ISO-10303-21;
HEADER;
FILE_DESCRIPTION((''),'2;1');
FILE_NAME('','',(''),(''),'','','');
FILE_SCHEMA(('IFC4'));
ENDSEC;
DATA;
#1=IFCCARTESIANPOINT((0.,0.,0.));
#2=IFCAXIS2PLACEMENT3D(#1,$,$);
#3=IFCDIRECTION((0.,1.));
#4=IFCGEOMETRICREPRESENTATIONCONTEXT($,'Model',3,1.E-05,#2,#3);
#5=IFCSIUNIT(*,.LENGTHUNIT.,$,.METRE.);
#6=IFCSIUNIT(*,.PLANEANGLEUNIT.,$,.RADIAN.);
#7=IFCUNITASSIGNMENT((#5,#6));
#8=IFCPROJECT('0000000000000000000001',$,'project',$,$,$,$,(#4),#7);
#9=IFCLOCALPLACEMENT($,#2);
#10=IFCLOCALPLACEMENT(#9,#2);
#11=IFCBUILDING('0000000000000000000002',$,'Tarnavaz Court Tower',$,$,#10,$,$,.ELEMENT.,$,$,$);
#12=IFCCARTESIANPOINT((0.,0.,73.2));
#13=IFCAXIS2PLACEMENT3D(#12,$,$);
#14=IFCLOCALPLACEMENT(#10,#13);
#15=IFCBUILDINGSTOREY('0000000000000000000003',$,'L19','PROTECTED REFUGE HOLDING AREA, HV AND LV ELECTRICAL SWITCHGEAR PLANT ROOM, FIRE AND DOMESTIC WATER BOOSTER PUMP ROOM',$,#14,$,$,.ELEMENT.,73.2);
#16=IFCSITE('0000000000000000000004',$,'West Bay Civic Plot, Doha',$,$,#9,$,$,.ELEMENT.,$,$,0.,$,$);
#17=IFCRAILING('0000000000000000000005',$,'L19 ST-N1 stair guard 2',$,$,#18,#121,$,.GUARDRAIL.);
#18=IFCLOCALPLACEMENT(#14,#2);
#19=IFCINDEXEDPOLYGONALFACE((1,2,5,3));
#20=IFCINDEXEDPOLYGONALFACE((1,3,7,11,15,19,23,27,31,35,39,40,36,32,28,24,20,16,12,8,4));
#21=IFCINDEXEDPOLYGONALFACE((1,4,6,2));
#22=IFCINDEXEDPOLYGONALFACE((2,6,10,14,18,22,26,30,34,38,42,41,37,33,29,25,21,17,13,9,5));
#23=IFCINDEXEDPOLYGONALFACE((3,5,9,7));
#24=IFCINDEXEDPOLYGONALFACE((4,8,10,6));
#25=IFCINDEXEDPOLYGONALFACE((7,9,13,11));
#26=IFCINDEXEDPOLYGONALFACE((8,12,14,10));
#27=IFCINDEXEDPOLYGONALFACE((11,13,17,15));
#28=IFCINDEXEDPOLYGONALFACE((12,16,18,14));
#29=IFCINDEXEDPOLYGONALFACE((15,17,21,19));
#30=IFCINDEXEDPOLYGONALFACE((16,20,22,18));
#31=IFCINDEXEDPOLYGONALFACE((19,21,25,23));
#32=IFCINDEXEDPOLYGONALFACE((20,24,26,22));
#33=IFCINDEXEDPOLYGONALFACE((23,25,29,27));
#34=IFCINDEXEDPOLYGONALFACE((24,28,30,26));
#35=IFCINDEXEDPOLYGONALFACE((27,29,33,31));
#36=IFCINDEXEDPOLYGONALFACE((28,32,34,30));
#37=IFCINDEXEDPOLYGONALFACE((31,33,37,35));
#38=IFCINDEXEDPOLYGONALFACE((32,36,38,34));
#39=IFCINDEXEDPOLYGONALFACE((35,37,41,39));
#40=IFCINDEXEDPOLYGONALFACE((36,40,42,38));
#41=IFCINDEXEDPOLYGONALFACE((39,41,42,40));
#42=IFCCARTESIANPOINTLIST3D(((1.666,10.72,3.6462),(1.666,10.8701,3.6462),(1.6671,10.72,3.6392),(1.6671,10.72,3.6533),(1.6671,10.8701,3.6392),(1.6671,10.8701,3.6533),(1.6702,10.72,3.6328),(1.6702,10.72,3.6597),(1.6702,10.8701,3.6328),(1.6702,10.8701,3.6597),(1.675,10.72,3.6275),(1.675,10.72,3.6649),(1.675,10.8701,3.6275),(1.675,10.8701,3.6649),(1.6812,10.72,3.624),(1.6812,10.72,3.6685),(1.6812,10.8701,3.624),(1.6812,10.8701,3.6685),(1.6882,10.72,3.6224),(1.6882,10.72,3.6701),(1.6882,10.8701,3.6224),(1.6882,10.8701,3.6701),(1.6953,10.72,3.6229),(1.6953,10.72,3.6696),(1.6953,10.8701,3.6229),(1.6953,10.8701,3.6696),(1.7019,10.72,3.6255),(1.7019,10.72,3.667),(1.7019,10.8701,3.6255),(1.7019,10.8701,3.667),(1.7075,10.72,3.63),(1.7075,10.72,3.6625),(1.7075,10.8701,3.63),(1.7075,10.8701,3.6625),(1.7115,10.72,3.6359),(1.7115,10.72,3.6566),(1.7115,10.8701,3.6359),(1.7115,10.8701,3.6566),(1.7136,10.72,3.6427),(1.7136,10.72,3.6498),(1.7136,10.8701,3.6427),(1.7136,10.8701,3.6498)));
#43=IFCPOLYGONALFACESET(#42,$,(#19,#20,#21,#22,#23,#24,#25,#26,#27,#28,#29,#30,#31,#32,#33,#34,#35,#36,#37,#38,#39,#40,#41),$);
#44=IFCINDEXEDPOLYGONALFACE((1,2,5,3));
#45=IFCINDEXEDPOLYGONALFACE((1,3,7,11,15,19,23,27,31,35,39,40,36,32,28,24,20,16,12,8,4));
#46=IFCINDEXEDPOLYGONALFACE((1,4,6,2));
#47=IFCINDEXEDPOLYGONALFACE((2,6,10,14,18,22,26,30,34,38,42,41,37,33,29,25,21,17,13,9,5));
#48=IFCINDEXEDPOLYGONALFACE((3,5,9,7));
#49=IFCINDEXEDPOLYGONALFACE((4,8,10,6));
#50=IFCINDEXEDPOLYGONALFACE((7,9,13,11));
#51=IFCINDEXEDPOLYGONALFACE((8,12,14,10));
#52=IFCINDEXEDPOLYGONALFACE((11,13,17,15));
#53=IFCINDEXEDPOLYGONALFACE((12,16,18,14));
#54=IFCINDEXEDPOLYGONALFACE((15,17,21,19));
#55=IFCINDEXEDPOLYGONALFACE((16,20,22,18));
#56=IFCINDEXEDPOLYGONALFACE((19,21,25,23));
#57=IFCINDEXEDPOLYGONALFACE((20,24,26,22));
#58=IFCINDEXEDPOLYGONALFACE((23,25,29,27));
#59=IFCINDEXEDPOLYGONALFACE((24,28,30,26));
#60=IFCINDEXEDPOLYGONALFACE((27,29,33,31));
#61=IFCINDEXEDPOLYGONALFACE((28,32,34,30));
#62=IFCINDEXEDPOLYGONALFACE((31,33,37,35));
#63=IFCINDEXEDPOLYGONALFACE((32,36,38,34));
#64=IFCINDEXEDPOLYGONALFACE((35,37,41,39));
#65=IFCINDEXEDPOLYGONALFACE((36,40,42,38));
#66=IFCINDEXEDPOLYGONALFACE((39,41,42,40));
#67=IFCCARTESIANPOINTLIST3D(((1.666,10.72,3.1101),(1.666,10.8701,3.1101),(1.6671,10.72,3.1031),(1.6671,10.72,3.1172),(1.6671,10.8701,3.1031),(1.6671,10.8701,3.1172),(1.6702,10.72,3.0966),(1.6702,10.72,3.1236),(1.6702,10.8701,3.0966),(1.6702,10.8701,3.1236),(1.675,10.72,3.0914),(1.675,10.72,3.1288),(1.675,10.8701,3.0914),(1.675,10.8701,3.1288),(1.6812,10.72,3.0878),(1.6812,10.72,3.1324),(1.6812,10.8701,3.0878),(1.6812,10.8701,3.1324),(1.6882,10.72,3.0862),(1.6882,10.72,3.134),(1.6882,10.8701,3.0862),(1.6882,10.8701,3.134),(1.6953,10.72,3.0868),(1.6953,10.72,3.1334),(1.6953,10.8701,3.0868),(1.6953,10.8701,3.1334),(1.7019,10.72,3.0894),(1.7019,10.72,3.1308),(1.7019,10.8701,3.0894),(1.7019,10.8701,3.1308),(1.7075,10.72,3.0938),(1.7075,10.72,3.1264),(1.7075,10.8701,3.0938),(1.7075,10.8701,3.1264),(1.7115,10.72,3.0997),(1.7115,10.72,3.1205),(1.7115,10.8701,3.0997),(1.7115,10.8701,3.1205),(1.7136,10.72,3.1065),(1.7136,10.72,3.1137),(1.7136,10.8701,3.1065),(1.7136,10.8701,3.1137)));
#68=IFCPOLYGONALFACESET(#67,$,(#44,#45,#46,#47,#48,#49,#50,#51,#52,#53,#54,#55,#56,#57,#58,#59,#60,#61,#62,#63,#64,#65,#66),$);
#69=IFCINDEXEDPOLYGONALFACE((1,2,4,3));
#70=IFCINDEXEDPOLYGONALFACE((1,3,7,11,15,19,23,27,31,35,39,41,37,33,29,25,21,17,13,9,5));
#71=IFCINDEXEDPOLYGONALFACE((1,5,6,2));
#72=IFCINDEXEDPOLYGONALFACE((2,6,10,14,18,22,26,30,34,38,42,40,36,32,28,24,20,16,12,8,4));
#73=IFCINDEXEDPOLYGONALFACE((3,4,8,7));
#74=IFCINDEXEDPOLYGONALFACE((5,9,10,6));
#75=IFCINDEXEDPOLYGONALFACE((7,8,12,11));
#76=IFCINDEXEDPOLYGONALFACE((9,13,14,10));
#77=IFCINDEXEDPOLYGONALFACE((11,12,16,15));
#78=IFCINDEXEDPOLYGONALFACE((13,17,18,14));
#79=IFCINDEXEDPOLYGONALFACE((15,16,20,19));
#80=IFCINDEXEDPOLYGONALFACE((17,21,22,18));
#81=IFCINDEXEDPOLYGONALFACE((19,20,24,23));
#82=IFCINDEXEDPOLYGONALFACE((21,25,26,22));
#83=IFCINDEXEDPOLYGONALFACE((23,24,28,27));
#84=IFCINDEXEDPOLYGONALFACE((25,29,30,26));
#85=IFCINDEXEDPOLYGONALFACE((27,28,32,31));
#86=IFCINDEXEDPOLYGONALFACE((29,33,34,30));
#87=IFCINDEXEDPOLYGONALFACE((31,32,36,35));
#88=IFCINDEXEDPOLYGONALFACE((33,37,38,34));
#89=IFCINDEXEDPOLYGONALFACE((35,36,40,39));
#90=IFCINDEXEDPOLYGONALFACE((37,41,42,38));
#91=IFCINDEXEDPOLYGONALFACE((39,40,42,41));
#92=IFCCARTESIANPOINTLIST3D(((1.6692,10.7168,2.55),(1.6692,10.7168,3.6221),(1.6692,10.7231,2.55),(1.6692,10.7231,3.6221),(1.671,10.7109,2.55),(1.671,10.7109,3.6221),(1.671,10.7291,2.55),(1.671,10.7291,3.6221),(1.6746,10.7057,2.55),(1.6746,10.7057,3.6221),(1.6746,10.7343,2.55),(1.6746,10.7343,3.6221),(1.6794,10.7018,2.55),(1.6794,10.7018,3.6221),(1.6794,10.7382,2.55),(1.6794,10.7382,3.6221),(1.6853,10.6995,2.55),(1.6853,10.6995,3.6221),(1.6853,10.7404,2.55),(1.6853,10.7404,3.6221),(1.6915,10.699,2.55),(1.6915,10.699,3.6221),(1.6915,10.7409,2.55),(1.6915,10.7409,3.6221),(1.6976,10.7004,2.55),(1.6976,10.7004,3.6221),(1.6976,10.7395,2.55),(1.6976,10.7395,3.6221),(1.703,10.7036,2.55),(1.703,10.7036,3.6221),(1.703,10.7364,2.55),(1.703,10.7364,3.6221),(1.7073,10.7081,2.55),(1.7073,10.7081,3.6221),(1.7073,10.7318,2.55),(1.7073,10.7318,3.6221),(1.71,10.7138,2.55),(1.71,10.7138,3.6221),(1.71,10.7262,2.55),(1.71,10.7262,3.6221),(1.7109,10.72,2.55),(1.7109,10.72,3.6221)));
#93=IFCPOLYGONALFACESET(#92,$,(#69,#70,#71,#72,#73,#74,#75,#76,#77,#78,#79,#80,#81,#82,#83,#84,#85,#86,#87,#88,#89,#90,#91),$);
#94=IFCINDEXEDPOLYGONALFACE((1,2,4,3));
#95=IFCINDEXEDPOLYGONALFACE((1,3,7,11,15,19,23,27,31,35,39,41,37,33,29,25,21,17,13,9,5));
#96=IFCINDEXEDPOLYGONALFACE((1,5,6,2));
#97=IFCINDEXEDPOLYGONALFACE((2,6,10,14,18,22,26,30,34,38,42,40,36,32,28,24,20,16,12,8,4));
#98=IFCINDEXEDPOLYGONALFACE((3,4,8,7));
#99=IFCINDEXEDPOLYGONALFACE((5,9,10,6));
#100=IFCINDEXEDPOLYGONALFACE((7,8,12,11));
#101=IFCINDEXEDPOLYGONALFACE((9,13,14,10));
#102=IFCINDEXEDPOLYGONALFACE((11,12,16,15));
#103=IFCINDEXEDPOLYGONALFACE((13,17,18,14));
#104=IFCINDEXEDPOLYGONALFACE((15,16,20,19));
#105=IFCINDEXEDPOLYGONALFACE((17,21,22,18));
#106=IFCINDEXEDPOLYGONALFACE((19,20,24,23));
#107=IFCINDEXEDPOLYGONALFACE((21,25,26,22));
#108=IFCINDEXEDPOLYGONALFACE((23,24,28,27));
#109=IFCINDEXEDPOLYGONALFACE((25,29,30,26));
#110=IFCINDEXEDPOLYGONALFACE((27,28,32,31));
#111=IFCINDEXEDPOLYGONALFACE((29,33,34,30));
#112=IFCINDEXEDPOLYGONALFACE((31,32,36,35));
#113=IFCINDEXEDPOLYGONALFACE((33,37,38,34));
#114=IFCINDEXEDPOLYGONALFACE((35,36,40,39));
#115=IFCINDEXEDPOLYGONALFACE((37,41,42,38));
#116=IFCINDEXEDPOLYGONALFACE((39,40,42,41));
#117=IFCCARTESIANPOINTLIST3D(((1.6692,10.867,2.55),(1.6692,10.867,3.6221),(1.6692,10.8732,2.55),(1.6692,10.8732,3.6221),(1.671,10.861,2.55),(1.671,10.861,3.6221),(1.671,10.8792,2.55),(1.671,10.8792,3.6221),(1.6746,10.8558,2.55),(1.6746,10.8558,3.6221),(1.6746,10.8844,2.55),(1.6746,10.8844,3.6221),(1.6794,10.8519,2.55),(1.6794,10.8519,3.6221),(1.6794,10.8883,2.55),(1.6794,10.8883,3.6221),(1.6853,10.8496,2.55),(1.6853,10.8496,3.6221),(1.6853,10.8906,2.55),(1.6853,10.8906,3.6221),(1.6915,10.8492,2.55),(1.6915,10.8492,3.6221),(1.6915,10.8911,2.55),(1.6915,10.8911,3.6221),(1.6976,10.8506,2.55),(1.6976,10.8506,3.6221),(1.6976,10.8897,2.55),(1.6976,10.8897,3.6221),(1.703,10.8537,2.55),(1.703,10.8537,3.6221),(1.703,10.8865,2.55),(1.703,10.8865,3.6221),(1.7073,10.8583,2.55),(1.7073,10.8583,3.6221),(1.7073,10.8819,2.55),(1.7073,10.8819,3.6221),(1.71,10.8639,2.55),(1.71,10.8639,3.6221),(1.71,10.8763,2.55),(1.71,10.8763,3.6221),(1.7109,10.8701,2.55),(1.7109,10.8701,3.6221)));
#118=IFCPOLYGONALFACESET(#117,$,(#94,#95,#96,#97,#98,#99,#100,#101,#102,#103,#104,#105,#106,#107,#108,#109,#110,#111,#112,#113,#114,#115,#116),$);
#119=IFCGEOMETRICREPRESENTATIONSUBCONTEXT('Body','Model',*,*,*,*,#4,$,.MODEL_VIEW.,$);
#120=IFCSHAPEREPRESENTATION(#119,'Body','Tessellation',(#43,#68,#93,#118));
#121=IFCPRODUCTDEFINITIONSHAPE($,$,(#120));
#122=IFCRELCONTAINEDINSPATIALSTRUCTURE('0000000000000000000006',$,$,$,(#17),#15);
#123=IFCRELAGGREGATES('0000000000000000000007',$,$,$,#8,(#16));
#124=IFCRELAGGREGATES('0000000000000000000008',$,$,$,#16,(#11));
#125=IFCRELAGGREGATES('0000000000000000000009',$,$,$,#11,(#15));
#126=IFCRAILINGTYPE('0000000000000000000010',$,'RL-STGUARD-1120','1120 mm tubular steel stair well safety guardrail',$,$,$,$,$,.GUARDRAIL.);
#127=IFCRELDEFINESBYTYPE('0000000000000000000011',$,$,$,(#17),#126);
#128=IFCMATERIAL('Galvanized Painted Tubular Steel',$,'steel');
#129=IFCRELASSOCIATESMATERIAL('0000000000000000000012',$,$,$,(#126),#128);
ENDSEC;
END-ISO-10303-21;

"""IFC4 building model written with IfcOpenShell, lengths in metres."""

from ifc_helpers import new_model, si_unit, direction, frame, origin, origin_2d, place, context, subcontext, project, spatial, circle, extrude, material, type_object, element, save


model = new_model("IFC4")

# Units and contexts
model_context = context("Model", 3, precision=1e-05, world=origin(), true_north=direction((0.0, 1.0)))
body_context = subcontext(model_context, "Body", "Model", "MODEL_VIEW")
ifc_project = project(units=[si_unit("LENGTHUNIT", "METRE"), si_unit("PLANEANGLEUNIT", "RADIAN")], contexts=[model_context])

# Site, building, storey
site_placement = place(None, origin())
site = spatial("IfcSite", under=ifc_project, at=site_placement, Name="West Bay Civic Plot, Doha", CompositionType="ELEMENT", RefElevation=0.0)
building_placement = place(site_placement, origin())
building = spatial("IfcBuilding", under=site, at=building_placement, Name="Tarnavaz Court Tower", CompositionType="ELEMENT")
storey_placement = place(building_placement, frame((0.0, 0.0, 73.2)))
storey = spatial("IfcBuildingStorey", under=building, at=storey_placement, Name="L19", Description="PROTECTED REFUGE HOLDING AREA, HV AND LV ELECTRICAL SWITCHGEAR PLANT ROOM, FIRE AND DOMESTIC WATER BOOSTER PUMP ROOM", CompositionType="ELEMENT", Elevation=73.2)

# Railing
ifc_material_1 = material(Name="Galvanized Painted Tubular Steel", Category="steel")
railing_type_1 = type_object("IfcRailingType", Name="RL-STGUARD-1120", Description="1120 mm tubular steel stair well safety guardrail", PredefinedType="GUARDRAIL", material=ifc_material_1)
railing_1_placement = place(storey_placement, frame((1.6899, 10.72, 2.55)))
element("IfcRailing", 1, at=railing_1_placement, inside=storey, type_object=railing_type_1, Name="L19 ST-N1 stair guard 2", PredefinedType="GUARDRAIL", context=body_context, shape_type="SweptSolid", body=[
    extrude(circle(Radius=0.0239, at=origin_2d()), frame((0.0, 0.0, 1.0962), z_axis=(0.0, 1.0, 0.0), x_axis=(-1.0, 0.0, 0.0)), (0.0, 0.0, 1.0), 0.1501),
    extrude(circle(Radius=0.0239, at=origin_2d()), frame((0.0, 0.0, 0.5601), z_axis=(0.0, 1.0, 0.0), x_axis=(-1.0, 0.0, 0.0)), (0.0, 0.0, 1.0), 0.1501),
    extrude(circle(Radius=0.021, at=origin_2d()), origin(), (0.0, 0.0, 1.0), 1.072),
    extrude(circle(Radius=0.021, at=origin_2d()), frame((0.0, 0.1501, 0.0)), (0.0, 0.0, 1.0), 1.072),
])

save(model, "model.ifc")
